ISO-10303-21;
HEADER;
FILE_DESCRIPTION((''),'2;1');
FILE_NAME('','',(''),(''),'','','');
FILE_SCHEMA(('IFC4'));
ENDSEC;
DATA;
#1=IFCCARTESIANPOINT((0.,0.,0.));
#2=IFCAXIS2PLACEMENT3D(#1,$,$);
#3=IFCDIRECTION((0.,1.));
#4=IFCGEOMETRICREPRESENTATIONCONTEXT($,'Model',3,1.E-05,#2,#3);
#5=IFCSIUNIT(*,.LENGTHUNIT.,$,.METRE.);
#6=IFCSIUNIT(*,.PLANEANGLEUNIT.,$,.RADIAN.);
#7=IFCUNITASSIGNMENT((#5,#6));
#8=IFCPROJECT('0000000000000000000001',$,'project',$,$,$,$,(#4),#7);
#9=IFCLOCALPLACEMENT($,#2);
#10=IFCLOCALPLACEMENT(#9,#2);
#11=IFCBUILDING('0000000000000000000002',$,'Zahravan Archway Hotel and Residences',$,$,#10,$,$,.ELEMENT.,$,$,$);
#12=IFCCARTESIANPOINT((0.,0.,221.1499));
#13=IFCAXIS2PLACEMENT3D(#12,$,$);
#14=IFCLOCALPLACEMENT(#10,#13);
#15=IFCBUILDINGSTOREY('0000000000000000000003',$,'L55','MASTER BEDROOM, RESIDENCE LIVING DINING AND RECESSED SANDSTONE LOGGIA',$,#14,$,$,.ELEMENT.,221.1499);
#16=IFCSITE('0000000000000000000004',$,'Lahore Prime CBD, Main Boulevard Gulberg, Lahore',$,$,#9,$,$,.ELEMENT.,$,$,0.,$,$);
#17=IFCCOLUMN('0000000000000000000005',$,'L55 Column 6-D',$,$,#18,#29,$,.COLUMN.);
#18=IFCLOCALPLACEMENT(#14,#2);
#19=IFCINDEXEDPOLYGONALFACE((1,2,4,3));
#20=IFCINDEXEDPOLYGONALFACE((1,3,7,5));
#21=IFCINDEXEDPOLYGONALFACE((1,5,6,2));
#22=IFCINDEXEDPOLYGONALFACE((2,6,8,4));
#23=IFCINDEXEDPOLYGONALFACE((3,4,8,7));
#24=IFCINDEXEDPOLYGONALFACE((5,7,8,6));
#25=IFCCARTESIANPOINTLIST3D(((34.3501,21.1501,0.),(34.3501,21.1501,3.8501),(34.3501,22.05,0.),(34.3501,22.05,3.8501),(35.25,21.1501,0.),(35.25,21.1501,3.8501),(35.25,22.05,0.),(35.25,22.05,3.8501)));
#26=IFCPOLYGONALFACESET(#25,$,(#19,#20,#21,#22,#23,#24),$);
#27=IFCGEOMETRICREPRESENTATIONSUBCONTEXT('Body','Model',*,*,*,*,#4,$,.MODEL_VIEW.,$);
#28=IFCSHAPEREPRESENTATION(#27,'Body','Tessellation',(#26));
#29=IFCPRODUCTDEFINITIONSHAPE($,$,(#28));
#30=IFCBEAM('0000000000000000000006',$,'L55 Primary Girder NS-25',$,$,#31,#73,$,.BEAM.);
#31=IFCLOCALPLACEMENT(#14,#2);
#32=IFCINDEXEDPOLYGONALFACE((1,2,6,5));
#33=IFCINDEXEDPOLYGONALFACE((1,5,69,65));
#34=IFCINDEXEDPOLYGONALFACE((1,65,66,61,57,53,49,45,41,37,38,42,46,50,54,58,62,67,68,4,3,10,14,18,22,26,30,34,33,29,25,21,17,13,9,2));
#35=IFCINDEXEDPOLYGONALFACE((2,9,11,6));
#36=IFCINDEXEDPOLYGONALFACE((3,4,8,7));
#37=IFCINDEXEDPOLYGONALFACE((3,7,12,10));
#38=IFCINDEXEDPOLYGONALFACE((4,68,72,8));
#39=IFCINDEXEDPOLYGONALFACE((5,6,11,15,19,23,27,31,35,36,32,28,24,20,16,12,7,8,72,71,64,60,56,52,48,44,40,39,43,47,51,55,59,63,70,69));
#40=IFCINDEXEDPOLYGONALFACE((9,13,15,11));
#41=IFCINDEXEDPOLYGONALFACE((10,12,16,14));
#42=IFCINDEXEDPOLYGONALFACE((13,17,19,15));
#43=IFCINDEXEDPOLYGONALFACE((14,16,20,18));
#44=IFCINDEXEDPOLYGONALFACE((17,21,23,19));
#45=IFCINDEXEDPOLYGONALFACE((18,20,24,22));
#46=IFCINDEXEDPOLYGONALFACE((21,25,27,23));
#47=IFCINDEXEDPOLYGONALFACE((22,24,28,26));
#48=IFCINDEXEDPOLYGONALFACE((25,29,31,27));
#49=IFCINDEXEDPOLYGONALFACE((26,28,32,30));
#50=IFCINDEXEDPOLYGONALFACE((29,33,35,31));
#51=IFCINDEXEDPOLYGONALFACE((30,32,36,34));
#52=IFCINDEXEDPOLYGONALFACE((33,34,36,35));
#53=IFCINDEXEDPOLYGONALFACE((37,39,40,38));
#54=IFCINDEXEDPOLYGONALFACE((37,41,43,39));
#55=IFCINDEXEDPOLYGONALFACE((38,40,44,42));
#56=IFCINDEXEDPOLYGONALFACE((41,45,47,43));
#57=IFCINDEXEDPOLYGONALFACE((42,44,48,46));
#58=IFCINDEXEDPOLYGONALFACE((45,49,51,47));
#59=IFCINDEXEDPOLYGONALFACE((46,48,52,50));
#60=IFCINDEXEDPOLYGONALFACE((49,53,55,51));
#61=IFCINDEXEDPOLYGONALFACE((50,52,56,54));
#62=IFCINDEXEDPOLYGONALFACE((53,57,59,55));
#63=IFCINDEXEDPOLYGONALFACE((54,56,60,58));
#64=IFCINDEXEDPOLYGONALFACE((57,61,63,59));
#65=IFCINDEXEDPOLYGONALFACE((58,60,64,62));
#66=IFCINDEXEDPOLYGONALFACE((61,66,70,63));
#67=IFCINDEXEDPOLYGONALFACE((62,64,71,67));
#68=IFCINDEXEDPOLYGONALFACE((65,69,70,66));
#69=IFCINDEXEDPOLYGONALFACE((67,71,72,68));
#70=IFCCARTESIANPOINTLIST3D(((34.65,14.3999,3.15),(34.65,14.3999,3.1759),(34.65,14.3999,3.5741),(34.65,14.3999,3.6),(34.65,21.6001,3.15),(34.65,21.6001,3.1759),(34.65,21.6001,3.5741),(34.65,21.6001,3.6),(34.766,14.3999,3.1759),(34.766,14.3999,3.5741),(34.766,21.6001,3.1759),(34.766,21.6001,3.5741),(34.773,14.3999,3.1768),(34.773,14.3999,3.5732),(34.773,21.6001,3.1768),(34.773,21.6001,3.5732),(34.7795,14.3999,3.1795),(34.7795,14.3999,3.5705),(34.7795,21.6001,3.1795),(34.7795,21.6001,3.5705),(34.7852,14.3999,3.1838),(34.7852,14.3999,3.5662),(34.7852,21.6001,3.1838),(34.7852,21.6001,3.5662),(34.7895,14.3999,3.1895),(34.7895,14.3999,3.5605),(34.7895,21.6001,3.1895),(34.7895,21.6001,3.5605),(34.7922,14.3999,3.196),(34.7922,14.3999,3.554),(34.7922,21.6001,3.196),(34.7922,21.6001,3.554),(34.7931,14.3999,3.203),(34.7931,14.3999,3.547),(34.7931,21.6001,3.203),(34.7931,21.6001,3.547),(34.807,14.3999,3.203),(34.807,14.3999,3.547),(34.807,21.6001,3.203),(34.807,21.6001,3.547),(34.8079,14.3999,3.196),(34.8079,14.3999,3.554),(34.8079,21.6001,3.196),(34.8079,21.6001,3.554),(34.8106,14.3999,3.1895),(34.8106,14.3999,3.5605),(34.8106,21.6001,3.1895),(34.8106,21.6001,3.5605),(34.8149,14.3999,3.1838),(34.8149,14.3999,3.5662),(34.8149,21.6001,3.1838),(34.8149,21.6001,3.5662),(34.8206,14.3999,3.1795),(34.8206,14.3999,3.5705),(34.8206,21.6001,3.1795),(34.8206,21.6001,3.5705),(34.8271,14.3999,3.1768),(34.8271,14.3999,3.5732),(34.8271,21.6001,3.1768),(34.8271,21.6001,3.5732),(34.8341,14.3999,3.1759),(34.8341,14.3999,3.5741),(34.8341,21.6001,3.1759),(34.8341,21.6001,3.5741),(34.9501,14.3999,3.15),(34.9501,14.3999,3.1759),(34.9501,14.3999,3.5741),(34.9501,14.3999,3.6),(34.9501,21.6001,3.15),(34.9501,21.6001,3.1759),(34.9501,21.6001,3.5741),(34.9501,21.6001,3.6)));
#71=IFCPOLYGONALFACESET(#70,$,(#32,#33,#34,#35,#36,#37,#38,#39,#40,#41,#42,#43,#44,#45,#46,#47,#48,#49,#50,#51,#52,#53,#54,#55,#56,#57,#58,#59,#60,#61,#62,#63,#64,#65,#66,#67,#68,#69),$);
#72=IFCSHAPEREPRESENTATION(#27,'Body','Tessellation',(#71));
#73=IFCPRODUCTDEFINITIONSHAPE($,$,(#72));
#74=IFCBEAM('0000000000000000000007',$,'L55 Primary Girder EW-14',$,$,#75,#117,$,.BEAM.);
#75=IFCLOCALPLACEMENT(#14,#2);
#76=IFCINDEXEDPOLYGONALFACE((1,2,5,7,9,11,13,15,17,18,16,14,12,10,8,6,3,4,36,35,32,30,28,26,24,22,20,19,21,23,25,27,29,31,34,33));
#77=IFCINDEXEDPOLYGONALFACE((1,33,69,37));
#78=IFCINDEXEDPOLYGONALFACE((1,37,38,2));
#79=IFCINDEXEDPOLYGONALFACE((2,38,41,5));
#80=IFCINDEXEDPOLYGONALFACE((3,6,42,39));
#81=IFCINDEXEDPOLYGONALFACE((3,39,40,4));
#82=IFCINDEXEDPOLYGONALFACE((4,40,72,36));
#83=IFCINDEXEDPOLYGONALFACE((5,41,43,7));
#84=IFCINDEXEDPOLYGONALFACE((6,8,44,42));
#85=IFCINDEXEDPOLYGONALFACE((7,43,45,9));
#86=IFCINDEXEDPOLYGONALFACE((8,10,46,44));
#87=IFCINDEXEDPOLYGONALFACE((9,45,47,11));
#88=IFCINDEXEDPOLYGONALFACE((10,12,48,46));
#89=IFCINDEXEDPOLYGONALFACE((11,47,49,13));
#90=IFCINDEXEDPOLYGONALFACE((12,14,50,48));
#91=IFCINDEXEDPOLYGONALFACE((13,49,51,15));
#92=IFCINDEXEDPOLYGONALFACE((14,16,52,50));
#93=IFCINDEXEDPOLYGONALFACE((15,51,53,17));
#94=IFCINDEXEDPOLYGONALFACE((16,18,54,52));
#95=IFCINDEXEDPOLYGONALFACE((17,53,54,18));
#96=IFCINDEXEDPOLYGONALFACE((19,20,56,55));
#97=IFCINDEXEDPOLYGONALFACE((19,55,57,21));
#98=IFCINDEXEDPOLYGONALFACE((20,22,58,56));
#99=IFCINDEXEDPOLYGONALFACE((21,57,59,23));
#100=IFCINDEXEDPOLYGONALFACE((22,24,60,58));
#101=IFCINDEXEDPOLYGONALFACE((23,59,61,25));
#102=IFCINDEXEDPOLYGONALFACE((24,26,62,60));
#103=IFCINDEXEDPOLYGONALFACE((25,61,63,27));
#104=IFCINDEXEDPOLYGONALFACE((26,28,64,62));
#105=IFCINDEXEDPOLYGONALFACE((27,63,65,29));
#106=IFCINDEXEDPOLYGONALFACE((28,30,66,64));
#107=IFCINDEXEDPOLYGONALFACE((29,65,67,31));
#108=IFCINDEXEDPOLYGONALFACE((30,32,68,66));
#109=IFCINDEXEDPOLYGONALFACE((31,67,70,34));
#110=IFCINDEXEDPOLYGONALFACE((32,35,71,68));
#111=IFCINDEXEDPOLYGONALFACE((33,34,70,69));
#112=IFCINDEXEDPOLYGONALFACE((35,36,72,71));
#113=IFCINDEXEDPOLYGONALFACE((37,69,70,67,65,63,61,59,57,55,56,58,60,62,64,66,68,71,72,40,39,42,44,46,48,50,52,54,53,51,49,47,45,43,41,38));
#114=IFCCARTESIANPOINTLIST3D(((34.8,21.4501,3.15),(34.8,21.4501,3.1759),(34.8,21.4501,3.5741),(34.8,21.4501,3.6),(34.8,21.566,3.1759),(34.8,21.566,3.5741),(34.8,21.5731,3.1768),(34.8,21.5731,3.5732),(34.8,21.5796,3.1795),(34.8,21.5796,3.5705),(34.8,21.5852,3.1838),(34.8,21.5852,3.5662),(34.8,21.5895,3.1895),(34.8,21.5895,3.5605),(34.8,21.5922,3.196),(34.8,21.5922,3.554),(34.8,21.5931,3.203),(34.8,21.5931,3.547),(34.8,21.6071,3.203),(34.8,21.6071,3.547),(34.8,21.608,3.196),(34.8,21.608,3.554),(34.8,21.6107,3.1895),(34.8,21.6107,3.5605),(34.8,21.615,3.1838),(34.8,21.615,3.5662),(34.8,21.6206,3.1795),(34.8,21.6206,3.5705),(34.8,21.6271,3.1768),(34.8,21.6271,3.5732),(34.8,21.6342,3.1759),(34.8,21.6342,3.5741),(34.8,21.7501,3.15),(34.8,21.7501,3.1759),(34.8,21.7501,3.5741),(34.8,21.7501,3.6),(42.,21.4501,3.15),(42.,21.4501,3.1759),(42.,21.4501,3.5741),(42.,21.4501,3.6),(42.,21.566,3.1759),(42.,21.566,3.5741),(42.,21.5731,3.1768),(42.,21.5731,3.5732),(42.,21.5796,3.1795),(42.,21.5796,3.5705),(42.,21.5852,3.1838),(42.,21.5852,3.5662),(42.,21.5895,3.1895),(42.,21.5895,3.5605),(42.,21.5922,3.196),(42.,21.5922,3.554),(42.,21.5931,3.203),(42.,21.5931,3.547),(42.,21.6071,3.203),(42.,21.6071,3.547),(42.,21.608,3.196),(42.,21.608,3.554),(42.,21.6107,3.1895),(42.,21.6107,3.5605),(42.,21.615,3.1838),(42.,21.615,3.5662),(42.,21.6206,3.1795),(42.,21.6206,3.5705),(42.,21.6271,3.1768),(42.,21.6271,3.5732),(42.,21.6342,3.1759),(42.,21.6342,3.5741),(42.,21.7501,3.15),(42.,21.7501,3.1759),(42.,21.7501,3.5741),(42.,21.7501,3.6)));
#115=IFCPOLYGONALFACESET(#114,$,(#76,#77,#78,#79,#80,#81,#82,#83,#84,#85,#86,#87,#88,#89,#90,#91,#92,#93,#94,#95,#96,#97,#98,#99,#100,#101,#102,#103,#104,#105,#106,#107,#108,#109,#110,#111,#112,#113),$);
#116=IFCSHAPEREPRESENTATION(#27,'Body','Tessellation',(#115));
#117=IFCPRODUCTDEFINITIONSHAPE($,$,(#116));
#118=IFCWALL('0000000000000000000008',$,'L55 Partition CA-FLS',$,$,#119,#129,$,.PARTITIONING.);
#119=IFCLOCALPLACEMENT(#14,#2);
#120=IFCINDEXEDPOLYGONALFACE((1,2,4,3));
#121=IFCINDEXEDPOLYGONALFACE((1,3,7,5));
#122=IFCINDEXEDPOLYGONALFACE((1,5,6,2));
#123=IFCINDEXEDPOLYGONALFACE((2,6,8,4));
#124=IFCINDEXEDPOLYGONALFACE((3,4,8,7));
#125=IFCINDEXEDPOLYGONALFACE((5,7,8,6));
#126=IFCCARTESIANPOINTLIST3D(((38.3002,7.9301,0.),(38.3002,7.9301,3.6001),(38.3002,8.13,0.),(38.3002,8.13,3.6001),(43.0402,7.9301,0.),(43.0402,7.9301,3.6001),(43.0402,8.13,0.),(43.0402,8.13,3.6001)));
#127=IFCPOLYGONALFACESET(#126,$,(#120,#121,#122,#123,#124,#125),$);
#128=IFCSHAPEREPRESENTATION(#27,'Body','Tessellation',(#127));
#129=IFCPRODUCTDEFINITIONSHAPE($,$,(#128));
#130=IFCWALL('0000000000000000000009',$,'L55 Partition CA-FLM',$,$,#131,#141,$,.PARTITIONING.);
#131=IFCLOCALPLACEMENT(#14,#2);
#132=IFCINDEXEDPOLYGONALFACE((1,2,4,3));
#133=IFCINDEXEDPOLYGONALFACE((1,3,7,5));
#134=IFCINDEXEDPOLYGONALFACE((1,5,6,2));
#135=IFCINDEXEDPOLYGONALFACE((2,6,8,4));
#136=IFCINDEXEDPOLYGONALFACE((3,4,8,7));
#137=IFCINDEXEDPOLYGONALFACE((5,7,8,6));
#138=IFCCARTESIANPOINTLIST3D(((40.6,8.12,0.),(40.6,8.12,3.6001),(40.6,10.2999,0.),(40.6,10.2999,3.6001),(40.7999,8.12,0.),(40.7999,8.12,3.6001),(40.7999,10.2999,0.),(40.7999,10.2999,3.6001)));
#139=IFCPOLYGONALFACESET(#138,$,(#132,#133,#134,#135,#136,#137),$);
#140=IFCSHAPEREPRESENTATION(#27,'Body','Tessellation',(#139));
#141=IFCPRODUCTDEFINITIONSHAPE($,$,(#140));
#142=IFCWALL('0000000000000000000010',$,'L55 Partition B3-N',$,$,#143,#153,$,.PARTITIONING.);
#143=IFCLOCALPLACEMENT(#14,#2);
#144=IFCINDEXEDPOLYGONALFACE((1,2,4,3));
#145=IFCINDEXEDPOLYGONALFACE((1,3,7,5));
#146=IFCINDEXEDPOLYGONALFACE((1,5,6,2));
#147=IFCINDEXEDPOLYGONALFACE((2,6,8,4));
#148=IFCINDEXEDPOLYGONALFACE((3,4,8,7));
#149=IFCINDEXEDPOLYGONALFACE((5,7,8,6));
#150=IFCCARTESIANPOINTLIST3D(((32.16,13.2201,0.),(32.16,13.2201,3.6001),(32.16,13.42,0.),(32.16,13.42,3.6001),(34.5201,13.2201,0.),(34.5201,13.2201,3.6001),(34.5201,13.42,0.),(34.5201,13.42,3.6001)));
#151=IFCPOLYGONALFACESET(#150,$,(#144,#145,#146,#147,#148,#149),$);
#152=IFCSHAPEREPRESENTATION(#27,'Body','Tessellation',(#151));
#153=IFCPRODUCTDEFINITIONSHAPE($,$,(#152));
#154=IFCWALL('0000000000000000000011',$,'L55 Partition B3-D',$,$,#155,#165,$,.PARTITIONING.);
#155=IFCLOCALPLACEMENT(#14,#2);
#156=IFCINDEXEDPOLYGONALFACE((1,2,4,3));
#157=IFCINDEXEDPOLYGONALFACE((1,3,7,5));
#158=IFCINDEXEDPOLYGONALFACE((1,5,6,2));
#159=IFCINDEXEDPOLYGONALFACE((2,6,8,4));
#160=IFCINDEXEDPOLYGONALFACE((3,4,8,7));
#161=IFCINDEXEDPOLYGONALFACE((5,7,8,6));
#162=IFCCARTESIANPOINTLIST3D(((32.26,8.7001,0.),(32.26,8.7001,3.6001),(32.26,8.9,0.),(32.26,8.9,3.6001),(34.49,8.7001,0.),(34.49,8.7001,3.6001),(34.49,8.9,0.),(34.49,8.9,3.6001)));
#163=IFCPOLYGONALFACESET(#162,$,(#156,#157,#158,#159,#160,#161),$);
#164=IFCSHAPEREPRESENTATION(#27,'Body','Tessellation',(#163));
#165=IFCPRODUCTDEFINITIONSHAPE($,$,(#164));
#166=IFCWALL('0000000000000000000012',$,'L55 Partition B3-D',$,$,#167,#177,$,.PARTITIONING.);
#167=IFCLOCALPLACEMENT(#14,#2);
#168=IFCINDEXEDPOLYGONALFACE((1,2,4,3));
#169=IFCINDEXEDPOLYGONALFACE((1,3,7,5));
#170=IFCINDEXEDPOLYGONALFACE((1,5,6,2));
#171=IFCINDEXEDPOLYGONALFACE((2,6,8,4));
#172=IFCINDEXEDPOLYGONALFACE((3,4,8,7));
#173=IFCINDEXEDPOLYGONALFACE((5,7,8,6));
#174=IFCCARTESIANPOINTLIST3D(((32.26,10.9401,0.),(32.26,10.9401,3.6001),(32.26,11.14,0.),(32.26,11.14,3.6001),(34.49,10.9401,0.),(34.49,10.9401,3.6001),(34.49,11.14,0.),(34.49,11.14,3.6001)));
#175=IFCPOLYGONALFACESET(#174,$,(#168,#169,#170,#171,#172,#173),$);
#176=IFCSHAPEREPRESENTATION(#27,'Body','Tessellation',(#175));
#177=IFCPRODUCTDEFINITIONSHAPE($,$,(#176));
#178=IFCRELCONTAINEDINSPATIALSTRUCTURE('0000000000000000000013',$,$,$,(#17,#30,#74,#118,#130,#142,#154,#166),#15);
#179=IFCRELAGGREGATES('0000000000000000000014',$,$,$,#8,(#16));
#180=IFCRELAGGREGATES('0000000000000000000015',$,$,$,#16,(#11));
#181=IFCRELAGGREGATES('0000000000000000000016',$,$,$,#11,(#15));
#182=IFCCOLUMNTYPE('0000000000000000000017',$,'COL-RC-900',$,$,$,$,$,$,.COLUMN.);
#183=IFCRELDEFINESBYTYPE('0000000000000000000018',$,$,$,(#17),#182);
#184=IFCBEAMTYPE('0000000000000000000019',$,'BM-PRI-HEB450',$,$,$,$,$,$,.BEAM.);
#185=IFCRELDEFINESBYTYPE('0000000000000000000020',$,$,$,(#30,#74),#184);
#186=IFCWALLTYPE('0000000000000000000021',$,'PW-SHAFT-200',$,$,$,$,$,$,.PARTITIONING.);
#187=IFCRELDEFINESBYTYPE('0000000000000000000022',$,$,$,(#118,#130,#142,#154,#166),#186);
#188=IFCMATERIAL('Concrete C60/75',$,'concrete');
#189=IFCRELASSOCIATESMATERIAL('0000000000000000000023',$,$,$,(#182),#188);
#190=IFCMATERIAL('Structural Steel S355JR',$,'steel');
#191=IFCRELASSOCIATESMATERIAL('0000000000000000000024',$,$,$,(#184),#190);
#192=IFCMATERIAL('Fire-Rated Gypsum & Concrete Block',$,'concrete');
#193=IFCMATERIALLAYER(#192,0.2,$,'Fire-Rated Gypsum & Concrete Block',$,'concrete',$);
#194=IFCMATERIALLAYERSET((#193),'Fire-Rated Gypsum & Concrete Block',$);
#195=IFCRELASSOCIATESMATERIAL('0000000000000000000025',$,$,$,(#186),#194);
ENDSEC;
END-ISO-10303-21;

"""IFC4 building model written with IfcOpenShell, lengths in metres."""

from ifc_helpers import new_model, si_unit, direction, frame, frame_2d, origin, origin_2d, place, context, subcontext, project, spatial, rectangle, i_section, extrude, source, transform, mapped, material, layer, layer_set, material_profile, profile_set, type_object, type_shapes, element, save


model = new_model("IFC4")

# Units and contexts
model_context = context("Model", 3, precision=1e-05, world=origin(), true_north=direction((0.0, 1.0)))
body_context = subcontext(model_context, "Body", "Model", "MODEL_VIEW")
ifc_project = project(units=[si_unit("LENGTHUNIT", "METRE"), si_unit("PLANEANGLEUNIT", "RADIAN")], contexts=[model_context])

# Site, building, storey
site_placement = place(None, origin())
site = spatial("IfcSite", under=ifc_project, at=site_placement, Name="Lahore Prime CBD, Main Boulevard Gulberg, Lahore", CompositionType="ELEMENT", RefElevation=0.0)
building_placement = place(site_placement, origin())
building = spatial("IfcBuilding", under=site, at=building_placement, Name="Zahravan Archway Hotel and Residences", CompositionType="ELEMENT")
storey_placement = place(building_placement, frame((0.0, 0.0, 221.1499)))
storey = spatial("IfcBuildingStorey", under=building, at=storey_placement, Name="L55", Description="MASTER BEDROOM, RESIDENCE LIVING DINING AND RECESSED SANDSTONE LOGGIA", CompositionType="ELEMENT", Elevation=221.1499)

# Column
ifc_material_1 = material(Name="Concrete C60/75", Category="concrete")
ifc_material_profile_1 = material_profile(ifc_material_1, rectangle(XDim=0.8999, YDim=0.8999, at=origin_2d()), Name="RC-COL-900x900", Category="concrete")
ifc_profile_set_1 = profile_set([ifc_material_profile_1], Name="Concrete C60/75")
column_type = type_object("IfcColumnType", Name="COL-RC-900", PredefinedType="COLUMN", material=ifc_profile_set_1)
shared_shape_1 = source(origin(), body_context, "Body", "SweptSolid", [
    extrude(rectangle(XDim=0.8999, YDim=0.8999, at=origin_2d()), origin(), (0.0, 0.0, 1.0), 3.8501),
])
type_shapes(column_type, [shared_shape_1])
column_placement = place(storey_placement, frame((34.8, 21.6001, 0.0), z_axis=(0.0, 0.0, 1.0), x_axis=(1.0, 0.0, 0.0)))
element("IfcColumn", 1, at=column_placement, inside=storey, type_object=column_type, Name="L55 Column 6-D", PredefinedType="COLUMN", context=body_context, shape_type="MappedRepresentation", body=[
    mapped(shared_shape_1, transform((0.0, 0.0, 0.0), scale=1.0)),
])

# Beams
ifc_material_2 = material(Name="Structural Steel S355JR", Category="steel")
ifc_material_profile_2 = material_profile(ifc_material_2, i_section(OverallWidth=0.3, OverallDepth=0.45, WebThickness=0.0139, FlangeThickness=0.0259, FilletRadius=0.0271, at=origin_2d()), Name="HEB 450", Category="steel")
ifc_profile_set_2 = profile_set([ifc_material_profile_2], Name="Structural Steel S355JR")
beam_type = type_object("IfcBeamType", Name="BM-PRI-HEB450", PredefinedType="BEAM", material=ifc_profile_set_2)
shared_shape_2 = source(origin(), body_context, "Body", "SweptSolid", [
    extrude(i_section(OverallWidth=0.3, OverallDepth=0.45, WebThickness=0.0139, FlangeThickness=0.0259, FilletRadius=0.0271, at=origin_2d()), origin(), (0.0, 0.0, 1.0), 7.2002),
])
type_shapes(beam_type, [shared_shape_2])
beam_1_placement = place(storey_placement, frame((34.8, 14.3999, 3.375), z_axis=(0.0, 1.0, 0.0), x_axis=(-1.0, 0.0, 0.0)))
element("IfcBeam", 2, at=beam_1_placement, inside=storey, type_object=beam_type, Name="L55 Primary Girder NS-25", PredefinedType="BEAM", context=body_context, shape_type="MappedRepresentation", body=[
    mapped(shared_shape_2, transform((0.0, 0.0, 0.0), scale=1.0)),
])
shared_shape_3 = source(origin(), body_context, "Body", "SweptSolid", [
    extrude(i_section(OverallWidth=0.3, OverallDepth=0.45, WebThickness=0.0139, FlangeThickness=0.0259, FilletRadius=0.0271, at=origin_2d()), origin(), (0.0, 0.0, 1.0), 7.2),
])
beam_2_placement = place(storey_placement, frame((34.8, 21.6001, 3.375), z_axis=(1.0, 0.0, 0.0), x_axis=(0.0, 1.0, 0.0)))
element("IfcBeam", 3, at=beam_2_placement, inside=storey, type_object=beam_type, Name="L55 Primary Girder EW-14", PredefinedType="BEAM", context=body_context, shape_type="MappedRepresentation", body=[
    mapped(shared_shape_3, transform((0.0, 0.0, 0.0), scale=1.0)),
])

# Shared definitions
ifc_material_3 = material(Name="Fire-Rated Gypsum & Concrete Block", Category="concrete")

# Walls
ifc_layer_1 = layer(ifc_material_3, 0.2, Name="Fire-Rated Gypsum & Concrete Block", Category="concrete")
ifc_layer_set_1 = layer_set([ifc_layer_1], Name="Fire-Rated Gypsum & Concrete Block")
wall_type_1 = type_object("IfcWallType", Name="PW-SHAFT-200", PredefinedType="PARTITIONING", material=ifc_layer_set_1)
wall_1_placement = place(storey_placement, frame((38.3, 8.03, 0.0), z_axis=(0.0, 0.0, 1.0), x_axis=(1.0, 0.0, 0.0)))
element("IfcWall", 4, at=wall_1_placement, inside=storey, type_object=wall_type_1, Name="L55 Partition CA-FLS", PredefinedType="PARTITIONING", context=body_context, shape_type="SweptSolid", body=[
    extrude(rectangle(XDim=4.74, YDim=0.2, at=frame_2d((2.3701, 0.0))), origin(), (0.0, 0.0, 1.0), 3.6001),
])
wall_2_placement = place(storey_placement, frame((40.7, 8.1201, 0.0), z_axis=(0.0, 0.0, 1.0), x_axis=(0.0, 1.0, 0.0)))
element("IfcWall", 5, at=wall_2_placement, inside=storey, type_object=wall_type_1, Name="L55 Partition CA-FLM", PredefinedType="PARTITIONING", context=body_context, shape_type="SweptSolid", body=[
    extrude(rectangle(XDim=2.1799, YDim=0.2, at=frame_2d((1.0898, 0.0))), origin(), (0.0, 0.0, 1.0), 3.6001),
])
wall_3_placement = place(storey_placement, frame((32.1599, 13.3201, 0.0), z_axis=(0.0, 0.0, 1.0), x_axis=(1.0, 0.0, 0.0)))
element("IfcWall", 6, at=wall_3_placement, inside=storey, type_object=wall_type_1, Name="L55 Partition B3-N", PredefinedType="PARTITIONING", context=body_context, shape_type="SweptSolid", body=[
    extrude(rectangle(XDim=2.3601, YDim=0.2, at=frame_2d((1.1802, 0.0))), origin(), (0.0, 0.0, 1.0), 3.6001),
])
for number, where, z_axis, x_axis, name in (
    (7, (32.26, 8.8, 0.0), (0.0, 0.0, 1.0), (1.0, 0.0, 0.0), "L55 Partition B3-D"),
    (8, (32.26, 11.04, 0.0), (0.0, 0.0, 1.0), (1.0, 0.0, 0.0), "L55 Partition B3-D"),
):
    element("IfcWall", number, at=place(storey_placement, frame(where, z_axis=z_axis, x_axis=x_axis)), inside=storey, type_object=wall_type_1, Name=name, PredefinedType="PARTITIONING", context=body_context, shape_type="SweptSolid", body=[
        extrude(rectangle(XDim=2.23, YDim=0.2, at=frame_2d((1.115, 0.0))), origin(), (0.0, 0.0, 1.0), 3.6001),
    ])

save(model, "model.ifc")
